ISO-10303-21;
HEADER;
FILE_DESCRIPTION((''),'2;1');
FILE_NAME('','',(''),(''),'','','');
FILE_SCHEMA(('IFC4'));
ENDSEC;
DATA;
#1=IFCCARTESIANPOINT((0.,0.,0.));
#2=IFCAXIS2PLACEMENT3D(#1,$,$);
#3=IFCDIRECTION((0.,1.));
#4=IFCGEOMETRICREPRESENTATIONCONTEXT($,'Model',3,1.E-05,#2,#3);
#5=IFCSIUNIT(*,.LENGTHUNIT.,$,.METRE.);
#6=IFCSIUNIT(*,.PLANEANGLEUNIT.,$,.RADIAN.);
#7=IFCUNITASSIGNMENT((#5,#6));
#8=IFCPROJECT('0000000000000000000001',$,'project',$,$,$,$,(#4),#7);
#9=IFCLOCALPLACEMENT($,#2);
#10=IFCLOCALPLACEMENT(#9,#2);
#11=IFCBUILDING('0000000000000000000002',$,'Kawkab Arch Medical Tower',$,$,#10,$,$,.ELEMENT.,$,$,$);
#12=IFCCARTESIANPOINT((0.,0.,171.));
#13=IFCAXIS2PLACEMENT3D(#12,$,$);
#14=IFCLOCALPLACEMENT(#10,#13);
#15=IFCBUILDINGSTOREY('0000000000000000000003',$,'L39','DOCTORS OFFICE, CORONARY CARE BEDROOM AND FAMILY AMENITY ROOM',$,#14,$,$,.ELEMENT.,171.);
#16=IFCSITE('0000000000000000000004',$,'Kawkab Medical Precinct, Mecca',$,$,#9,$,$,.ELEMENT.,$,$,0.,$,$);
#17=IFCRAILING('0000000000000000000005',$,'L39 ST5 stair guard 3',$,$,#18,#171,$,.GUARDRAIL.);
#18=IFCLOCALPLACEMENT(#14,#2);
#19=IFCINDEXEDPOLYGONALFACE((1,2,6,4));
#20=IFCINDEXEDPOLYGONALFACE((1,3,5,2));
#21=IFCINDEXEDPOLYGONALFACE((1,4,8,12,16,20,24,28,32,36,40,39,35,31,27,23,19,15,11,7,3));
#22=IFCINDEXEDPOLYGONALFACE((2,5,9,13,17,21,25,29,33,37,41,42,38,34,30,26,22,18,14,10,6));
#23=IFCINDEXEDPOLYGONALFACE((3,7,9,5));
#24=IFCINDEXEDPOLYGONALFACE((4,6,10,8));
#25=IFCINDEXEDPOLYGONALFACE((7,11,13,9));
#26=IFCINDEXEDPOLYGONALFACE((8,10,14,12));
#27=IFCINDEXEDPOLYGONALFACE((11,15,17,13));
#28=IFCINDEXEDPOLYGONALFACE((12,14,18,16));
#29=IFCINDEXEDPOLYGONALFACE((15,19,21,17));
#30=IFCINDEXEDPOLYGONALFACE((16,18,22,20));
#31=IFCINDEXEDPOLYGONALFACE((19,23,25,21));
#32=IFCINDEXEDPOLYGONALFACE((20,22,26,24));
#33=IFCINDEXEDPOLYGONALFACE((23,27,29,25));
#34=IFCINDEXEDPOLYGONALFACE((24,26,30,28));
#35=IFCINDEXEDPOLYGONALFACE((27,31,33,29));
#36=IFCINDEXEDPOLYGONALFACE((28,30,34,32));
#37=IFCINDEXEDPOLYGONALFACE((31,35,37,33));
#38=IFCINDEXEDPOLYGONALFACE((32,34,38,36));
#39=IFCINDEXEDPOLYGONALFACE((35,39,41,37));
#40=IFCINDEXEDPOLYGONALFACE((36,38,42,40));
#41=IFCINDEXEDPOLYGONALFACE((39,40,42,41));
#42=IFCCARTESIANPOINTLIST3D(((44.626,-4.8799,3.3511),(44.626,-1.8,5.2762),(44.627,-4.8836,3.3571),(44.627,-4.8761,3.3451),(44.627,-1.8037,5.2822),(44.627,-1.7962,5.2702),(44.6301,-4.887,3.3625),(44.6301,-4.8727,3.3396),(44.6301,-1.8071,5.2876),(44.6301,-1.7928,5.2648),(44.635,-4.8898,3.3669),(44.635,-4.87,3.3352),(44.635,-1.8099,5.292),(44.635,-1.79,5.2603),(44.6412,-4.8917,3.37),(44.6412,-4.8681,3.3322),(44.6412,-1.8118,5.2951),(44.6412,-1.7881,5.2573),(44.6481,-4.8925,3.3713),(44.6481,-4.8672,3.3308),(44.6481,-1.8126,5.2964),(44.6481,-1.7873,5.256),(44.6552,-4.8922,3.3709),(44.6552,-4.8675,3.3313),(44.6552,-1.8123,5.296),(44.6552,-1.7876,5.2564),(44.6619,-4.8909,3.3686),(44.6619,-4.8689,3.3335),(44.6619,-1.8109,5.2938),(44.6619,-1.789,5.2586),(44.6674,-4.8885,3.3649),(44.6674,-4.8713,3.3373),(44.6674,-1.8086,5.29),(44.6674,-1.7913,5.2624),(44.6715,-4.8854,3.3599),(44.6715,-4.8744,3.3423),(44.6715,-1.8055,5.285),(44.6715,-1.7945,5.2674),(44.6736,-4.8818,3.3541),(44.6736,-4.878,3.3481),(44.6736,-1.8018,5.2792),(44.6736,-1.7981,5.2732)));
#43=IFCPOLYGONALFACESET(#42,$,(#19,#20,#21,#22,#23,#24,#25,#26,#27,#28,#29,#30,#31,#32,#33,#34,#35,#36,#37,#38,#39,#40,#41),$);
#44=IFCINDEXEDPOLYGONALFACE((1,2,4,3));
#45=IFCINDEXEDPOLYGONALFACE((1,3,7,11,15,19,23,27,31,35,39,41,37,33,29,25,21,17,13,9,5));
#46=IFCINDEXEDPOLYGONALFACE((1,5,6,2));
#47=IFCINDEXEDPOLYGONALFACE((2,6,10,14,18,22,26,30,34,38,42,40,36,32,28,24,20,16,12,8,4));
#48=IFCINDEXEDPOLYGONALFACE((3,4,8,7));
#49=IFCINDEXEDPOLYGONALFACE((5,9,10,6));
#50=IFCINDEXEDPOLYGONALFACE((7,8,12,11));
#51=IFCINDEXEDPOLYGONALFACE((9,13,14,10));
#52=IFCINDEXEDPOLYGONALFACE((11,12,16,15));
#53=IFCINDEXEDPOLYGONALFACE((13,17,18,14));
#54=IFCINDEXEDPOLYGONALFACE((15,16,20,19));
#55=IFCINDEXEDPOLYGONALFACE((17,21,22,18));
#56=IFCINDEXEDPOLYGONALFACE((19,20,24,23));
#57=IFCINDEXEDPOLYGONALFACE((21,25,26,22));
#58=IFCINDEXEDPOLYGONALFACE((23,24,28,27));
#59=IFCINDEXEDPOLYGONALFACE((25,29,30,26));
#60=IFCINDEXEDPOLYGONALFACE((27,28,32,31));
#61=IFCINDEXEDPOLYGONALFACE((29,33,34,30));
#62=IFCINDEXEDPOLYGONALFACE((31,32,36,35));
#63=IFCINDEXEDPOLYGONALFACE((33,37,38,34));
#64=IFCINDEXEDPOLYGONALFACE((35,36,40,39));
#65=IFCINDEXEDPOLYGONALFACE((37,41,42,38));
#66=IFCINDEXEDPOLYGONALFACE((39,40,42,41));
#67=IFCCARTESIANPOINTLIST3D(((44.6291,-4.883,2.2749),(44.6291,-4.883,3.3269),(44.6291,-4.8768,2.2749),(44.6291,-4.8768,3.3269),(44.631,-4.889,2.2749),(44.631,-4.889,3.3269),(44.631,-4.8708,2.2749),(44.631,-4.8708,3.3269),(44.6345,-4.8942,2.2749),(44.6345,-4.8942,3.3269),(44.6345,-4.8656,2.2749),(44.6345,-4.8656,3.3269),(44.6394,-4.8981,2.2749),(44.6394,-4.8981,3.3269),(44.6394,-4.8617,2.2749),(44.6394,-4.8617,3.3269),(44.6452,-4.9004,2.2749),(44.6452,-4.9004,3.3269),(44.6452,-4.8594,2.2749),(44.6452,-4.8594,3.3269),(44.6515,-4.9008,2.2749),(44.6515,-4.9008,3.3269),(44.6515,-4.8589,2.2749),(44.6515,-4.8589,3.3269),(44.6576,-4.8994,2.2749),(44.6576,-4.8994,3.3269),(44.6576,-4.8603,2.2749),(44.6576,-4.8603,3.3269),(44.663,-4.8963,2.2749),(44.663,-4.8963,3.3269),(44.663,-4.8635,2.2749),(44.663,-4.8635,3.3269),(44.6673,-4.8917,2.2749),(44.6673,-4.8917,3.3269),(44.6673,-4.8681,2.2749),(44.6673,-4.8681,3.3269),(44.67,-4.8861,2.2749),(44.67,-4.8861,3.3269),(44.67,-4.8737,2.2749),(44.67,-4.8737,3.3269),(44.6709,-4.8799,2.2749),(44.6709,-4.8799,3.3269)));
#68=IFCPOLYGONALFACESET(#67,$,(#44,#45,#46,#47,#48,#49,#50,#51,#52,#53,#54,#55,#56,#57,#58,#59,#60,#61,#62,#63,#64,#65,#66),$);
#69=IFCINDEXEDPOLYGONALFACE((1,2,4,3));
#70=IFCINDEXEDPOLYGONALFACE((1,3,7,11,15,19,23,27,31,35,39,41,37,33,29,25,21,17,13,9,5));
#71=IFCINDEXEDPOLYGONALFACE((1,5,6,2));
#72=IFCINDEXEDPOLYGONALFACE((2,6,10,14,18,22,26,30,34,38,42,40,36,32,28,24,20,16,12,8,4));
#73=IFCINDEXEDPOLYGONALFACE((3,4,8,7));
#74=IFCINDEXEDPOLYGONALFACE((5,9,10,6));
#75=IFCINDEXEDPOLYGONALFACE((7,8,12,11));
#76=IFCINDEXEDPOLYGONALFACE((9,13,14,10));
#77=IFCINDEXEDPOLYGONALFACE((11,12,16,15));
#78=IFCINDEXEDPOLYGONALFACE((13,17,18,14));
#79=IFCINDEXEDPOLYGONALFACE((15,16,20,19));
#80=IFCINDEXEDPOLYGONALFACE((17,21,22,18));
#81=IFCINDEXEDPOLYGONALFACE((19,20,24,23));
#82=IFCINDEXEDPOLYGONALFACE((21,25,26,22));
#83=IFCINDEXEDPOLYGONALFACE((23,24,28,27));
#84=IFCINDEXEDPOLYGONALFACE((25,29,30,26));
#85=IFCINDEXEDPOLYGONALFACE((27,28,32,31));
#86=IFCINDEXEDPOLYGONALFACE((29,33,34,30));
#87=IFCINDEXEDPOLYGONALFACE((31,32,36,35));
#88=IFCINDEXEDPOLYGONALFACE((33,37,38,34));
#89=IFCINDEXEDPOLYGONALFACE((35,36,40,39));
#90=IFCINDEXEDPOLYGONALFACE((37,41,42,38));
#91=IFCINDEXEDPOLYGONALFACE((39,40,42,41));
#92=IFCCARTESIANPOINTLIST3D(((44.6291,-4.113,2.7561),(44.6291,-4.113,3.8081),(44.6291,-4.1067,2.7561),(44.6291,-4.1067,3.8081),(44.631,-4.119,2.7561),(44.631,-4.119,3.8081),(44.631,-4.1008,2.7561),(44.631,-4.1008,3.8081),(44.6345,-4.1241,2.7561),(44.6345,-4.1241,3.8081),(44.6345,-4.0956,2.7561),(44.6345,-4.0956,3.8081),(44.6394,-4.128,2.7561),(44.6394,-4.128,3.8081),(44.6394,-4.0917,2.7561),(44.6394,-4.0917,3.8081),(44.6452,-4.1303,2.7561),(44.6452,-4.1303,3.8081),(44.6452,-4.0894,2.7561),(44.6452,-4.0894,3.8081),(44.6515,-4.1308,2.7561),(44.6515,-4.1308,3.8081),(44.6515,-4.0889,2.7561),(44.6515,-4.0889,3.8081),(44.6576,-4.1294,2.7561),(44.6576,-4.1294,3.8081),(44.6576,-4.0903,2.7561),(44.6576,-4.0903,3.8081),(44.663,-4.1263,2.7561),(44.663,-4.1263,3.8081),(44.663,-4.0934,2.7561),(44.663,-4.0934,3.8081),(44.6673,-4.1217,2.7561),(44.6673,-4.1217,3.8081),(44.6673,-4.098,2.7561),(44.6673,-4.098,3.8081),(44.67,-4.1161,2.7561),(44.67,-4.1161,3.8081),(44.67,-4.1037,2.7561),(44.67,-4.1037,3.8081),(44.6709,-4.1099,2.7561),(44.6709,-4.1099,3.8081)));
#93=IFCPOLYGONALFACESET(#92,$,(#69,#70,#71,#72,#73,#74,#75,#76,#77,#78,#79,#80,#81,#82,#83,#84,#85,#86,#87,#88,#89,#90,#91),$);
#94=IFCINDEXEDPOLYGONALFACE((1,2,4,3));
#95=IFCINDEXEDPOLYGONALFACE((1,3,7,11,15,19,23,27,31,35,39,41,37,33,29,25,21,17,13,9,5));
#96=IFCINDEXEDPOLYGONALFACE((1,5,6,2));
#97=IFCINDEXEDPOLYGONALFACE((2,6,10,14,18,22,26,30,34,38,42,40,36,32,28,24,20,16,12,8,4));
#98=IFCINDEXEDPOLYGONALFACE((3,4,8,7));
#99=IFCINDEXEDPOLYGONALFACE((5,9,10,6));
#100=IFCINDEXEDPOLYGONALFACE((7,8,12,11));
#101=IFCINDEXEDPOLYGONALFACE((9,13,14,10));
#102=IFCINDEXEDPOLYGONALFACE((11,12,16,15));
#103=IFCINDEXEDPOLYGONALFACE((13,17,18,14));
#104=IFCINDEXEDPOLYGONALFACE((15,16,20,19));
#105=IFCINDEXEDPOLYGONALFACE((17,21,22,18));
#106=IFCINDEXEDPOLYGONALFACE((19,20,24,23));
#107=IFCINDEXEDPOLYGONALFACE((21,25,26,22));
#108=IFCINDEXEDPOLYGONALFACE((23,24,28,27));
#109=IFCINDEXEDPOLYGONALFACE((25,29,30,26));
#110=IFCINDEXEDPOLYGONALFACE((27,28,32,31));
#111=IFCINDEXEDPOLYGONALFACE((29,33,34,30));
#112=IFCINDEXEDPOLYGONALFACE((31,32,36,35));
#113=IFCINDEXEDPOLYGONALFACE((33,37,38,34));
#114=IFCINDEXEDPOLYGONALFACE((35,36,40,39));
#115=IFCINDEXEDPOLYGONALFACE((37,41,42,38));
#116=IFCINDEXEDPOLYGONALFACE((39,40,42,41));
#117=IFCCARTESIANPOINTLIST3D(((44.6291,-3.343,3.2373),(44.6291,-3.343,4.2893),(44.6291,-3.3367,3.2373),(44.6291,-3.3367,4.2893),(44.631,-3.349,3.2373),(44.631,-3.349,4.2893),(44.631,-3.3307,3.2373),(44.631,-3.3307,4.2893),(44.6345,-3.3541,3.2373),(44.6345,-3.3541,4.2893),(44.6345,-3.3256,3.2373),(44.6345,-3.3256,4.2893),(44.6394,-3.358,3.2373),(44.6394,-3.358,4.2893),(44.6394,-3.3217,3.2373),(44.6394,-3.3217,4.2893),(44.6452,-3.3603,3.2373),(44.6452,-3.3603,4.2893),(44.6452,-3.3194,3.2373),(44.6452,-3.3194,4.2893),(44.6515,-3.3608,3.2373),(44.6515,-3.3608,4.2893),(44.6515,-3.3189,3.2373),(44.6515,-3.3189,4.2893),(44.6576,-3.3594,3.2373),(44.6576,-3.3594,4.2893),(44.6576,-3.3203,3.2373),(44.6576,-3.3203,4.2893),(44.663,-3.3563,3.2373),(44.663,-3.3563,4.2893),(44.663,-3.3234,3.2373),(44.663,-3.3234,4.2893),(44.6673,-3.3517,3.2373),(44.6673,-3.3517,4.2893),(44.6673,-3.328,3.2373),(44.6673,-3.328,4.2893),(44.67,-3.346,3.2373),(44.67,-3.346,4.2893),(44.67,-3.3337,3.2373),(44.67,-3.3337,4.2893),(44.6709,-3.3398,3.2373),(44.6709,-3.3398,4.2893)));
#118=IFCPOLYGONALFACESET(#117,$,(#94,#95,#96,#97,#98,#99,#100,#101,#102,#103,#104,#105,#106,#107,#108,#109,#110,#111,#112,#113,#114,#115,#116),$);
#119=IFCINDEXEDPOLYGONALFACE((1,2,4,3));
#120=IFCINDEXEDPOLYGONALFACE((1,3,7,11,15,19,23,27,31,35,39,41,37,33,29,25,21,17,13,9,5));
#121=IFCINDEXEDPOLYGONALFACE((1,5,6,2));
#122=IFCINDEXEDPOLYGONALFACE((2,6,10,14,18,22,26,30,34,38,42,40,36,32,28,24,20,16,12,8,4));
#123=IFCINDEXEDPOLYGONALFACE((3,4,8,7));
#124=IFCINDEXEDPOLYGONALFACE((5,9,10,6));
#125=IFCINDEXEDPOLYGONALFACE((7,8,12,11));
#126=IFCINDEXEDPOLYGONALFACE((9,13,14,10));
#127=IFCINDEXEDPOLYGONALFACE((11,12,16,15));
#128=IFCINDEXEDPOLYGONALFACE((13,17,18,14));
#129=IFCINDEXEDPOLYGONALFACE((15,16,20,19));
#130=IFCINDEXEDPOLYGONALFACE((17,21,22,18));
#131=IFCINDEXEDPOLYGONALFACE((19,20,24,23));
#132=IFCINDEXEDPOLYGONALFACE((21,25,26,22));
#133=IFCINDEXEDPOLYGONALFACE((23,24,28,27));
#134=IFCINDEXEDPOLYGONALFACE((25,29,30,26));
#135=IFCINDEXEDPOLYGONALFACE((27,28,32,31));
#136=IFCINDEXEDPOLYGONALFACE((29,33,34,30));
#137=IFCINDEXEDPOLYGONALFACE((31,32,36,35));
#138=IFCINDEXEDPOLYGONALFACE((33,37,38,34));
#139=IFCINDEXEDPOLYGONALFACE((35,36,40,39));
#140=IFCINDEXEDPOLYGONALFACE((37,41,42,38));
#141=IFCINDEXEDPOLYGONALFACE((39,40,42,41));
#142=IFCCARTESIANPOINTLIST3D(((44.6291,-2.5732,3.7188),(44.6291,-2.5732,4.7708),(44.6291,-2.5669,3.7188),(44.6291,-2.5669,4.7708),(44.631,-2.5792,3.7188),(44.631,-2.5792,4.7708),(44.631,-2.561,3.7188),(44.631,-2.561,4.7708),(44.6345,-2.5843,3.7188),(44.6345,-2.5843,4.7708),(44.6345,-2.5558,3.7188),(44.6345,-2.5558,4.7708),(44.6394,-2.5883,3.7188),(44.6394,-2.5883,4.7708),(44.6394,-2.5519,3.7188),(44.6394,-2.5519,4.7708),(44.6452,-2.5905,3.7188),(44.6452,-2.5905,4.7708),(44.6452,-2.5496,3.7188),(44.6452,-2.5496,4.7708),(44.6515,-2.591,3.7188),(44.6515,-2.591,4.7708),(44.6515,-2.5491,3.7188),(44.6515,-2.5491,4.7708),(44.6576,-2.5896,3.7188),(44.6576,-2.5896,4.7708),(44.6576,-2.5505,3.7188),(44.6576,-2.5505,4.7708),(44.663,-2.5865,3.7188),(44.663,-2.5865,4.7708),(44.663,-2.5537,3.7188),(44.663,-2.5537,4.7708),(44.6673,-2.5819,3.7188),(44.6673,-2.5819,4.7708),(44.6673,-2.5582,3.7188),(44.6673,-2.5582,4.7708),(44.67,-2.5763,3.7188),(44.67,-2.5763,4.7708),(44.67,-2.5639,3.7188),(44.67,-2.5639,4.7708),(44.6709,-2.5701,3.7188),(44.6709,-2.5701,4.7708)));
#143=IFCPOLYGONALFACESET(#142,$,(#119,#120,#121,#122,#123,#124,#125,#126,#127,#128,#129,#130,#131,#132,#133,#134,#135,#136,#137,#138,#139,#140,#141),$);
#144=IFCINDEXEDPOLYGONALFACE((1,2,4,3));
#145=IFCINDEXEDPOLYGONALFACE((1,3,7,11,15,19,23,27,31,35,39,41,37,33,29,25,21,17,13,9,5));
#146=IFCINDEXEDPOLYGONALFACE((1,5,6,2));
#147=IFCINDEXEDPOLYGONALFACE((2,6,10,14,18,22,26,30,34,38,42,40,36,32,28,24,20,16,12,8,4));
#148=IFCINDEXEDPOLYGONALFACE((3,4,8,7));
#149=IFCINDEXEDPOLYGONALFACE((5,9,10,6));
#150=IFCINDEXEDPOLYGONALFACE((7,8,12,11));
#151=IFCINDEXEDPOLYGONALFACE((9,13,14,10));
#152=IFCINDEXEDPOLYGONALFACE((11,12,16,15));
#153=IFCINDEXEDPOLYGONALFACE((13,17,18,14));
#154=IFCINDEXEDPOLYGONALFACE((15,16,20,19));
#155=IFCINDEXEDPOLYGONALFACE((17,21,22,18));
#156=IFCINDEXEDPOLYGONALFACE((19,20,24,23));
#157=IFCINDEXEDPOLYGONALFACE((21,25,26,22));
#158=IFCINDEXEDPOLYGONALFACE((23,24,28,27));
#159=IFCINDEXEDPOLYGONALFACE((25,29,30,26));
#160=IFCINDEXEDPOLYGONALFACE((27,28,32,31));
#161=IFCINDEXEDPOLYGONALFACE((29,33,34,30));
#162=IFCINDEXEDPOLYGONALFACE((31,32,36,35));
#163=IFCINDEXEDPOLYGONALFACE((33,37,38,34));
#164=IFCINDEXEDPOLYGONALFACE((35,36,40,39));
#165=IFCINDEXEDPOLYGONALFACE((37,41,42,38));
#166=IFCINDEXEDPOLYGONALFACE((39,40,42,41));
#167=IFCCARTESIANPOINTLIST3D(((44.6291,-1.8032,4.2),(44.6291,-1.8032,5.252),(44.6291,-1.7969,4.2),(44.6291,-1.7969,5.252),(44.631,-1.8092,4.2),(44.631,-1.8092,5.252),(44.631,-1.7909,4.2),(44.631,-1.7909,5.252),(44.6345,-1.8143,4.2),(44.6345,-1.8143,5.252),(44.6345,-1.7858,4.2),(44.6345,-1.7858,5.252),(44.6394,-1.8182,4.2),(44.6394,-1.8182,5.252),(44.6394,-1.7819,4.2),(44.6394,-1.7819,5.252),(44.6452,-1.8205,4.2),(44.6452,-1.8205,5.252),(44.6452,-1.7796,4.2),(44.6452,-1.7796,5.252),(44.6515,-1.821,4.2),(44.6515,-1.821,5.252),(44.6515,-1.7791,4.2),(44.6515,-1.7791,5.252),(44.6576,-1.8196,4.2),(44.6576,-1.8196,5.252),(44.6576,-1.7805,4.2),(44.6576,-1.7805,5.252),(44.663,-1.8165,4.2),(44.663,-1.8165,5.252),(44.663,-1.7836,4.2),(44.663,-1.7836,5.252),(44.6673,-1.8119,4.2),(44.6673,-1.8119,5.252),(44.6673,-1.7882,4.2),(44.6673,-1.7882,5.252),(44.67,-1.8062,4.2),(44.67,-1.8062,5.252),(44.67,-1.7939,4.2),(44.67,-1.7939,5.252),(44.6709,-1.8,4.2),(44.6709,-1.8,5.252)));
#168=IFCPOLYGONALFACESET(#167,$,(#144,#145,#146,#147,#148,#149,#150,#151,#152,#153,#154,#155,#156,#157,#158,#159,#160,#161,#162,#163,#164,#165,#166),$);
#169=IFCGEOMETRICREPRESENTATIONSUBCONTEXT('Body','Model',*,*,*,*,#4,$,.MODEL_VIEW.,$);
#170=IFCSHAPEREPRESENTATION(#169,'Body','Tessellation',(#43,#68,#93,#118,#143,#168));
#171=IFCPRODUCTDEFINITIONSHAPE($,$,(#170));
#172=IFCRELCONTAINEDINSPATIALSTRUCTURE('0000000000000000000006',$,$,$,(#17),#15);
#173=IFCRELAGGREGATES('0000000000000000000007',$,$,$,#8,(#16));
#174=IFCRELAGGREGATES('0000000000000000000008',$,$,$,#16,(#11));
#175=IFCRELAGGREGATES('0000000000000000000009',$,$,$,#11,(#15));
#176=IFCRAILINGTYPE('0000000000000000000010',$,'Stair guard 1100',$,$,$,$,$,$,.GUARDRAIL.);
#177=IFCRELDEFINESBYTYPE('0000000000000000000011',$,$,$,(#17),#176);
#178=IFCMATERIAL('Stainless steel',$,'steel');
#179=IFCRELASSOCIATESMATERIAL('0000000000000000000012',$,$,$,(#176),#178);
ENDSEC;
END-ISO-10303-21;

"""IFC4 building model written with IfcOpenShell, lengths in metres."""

from ifc_helpers import new_model, si_unit, direction, frame, origin, origin_2d, place, context, subcontext, project, spatial, circle, extrude, material, type_object, element, save


model = new_model("IFC4")

# Units and contexts
model_context = context("Model", 3, precision=1e-05, world=origin(), true_north=direction((0.0, 1.0)))
body_context = subcontext(model_context, "Body", "Model", "MODEL_VIEW")
ifc_project = project(units=[si_unit("LENGTHUNIT", "METRE"), si_unit("PLANEANGLEUNIT", "RADIAN")], contexts=[model_context])

# Site, building, storey
site_placement = place(None, origin())
site = spatial("IfcSite", under=ifc_project, at=site_placement, Name="Kawkab Medical Precinct, Mecca", CompositionType="ELEMENT", RefElevation=0.0)
building_placement = place(site_placement, origin())
building = spatial("IfcBuilding", under=site, at=building_placement, Name="Kawkab Arch Medical Tower", CompositionType="ELEMENT")
storey_placement = place(building_placement, frame((0.0, 0.0, 171.0)))
storey = spatial("IfcBuildingStorey", under=building, at=storey_placement, Name="L39", Description="DOCTORS OFFICE, CORONARY CARE BEDROOM AND FAMILY AMENITY ROOM", CompositionType="ELEMENT", Elevation=171.0)

# Railing
ifc_material_1 = material(Name="Stainless steel", Category="steel")
railing_type = type_object("IfcRailingType", Name="Stair guard 1100", PredefinedType="GUARDRAIL", material=ifc_material_1)
railing_1_placement = place(storey_placement, frame((44.6499, -4.8799, 2.2749)))
element("IfcRailing", 1, at=railing_1_placement, inside=storey, type_object=railing_type, Name="L39 ST5 stair guard 3", PredefinedType="GUARDRAIL", context=body_context, shape_type="SweptSolid", body=[
    extrude(circle(Radius=0.0239, at=origin_2d()), frame((0.0, 0.0, 1.0762), z_axis=(0.0, 0.847979, 0.530029), x_axis=(-1.0, 0.0, 0.0)), (0.0, 0.0, 1.0), 3.6321),
    extrude(circle(Radius=0.021, at=origin_2d()), origin(), (0.0, 0.0, 1.0), 1.052),
    extrude(circle(Radius=0.021, at=origin_2d()), frame((0.0, 0.77, 0.4812)), (0.0, 0.0, 1.0), 1.052),
    extrude(circle(Radius=0.021, at=origin_2d()), frame((0.0, 1.54, 0.9624)), (0.0, 0.0, 1.0), 1.052),
    extrude(circle(Radius=0.021, at=origin_2d()), frame((0.0, 2.3098, 1.4438)), (0.0, 0.0, 1.0), 1.052),
    extrude(circle(Radius=0.021, at=origin_2d()), frame((0.0, 3.0798, 1.925)), (0.0, 0.0, 1.0), 1.052),
])

save(model, "model.ifc")
